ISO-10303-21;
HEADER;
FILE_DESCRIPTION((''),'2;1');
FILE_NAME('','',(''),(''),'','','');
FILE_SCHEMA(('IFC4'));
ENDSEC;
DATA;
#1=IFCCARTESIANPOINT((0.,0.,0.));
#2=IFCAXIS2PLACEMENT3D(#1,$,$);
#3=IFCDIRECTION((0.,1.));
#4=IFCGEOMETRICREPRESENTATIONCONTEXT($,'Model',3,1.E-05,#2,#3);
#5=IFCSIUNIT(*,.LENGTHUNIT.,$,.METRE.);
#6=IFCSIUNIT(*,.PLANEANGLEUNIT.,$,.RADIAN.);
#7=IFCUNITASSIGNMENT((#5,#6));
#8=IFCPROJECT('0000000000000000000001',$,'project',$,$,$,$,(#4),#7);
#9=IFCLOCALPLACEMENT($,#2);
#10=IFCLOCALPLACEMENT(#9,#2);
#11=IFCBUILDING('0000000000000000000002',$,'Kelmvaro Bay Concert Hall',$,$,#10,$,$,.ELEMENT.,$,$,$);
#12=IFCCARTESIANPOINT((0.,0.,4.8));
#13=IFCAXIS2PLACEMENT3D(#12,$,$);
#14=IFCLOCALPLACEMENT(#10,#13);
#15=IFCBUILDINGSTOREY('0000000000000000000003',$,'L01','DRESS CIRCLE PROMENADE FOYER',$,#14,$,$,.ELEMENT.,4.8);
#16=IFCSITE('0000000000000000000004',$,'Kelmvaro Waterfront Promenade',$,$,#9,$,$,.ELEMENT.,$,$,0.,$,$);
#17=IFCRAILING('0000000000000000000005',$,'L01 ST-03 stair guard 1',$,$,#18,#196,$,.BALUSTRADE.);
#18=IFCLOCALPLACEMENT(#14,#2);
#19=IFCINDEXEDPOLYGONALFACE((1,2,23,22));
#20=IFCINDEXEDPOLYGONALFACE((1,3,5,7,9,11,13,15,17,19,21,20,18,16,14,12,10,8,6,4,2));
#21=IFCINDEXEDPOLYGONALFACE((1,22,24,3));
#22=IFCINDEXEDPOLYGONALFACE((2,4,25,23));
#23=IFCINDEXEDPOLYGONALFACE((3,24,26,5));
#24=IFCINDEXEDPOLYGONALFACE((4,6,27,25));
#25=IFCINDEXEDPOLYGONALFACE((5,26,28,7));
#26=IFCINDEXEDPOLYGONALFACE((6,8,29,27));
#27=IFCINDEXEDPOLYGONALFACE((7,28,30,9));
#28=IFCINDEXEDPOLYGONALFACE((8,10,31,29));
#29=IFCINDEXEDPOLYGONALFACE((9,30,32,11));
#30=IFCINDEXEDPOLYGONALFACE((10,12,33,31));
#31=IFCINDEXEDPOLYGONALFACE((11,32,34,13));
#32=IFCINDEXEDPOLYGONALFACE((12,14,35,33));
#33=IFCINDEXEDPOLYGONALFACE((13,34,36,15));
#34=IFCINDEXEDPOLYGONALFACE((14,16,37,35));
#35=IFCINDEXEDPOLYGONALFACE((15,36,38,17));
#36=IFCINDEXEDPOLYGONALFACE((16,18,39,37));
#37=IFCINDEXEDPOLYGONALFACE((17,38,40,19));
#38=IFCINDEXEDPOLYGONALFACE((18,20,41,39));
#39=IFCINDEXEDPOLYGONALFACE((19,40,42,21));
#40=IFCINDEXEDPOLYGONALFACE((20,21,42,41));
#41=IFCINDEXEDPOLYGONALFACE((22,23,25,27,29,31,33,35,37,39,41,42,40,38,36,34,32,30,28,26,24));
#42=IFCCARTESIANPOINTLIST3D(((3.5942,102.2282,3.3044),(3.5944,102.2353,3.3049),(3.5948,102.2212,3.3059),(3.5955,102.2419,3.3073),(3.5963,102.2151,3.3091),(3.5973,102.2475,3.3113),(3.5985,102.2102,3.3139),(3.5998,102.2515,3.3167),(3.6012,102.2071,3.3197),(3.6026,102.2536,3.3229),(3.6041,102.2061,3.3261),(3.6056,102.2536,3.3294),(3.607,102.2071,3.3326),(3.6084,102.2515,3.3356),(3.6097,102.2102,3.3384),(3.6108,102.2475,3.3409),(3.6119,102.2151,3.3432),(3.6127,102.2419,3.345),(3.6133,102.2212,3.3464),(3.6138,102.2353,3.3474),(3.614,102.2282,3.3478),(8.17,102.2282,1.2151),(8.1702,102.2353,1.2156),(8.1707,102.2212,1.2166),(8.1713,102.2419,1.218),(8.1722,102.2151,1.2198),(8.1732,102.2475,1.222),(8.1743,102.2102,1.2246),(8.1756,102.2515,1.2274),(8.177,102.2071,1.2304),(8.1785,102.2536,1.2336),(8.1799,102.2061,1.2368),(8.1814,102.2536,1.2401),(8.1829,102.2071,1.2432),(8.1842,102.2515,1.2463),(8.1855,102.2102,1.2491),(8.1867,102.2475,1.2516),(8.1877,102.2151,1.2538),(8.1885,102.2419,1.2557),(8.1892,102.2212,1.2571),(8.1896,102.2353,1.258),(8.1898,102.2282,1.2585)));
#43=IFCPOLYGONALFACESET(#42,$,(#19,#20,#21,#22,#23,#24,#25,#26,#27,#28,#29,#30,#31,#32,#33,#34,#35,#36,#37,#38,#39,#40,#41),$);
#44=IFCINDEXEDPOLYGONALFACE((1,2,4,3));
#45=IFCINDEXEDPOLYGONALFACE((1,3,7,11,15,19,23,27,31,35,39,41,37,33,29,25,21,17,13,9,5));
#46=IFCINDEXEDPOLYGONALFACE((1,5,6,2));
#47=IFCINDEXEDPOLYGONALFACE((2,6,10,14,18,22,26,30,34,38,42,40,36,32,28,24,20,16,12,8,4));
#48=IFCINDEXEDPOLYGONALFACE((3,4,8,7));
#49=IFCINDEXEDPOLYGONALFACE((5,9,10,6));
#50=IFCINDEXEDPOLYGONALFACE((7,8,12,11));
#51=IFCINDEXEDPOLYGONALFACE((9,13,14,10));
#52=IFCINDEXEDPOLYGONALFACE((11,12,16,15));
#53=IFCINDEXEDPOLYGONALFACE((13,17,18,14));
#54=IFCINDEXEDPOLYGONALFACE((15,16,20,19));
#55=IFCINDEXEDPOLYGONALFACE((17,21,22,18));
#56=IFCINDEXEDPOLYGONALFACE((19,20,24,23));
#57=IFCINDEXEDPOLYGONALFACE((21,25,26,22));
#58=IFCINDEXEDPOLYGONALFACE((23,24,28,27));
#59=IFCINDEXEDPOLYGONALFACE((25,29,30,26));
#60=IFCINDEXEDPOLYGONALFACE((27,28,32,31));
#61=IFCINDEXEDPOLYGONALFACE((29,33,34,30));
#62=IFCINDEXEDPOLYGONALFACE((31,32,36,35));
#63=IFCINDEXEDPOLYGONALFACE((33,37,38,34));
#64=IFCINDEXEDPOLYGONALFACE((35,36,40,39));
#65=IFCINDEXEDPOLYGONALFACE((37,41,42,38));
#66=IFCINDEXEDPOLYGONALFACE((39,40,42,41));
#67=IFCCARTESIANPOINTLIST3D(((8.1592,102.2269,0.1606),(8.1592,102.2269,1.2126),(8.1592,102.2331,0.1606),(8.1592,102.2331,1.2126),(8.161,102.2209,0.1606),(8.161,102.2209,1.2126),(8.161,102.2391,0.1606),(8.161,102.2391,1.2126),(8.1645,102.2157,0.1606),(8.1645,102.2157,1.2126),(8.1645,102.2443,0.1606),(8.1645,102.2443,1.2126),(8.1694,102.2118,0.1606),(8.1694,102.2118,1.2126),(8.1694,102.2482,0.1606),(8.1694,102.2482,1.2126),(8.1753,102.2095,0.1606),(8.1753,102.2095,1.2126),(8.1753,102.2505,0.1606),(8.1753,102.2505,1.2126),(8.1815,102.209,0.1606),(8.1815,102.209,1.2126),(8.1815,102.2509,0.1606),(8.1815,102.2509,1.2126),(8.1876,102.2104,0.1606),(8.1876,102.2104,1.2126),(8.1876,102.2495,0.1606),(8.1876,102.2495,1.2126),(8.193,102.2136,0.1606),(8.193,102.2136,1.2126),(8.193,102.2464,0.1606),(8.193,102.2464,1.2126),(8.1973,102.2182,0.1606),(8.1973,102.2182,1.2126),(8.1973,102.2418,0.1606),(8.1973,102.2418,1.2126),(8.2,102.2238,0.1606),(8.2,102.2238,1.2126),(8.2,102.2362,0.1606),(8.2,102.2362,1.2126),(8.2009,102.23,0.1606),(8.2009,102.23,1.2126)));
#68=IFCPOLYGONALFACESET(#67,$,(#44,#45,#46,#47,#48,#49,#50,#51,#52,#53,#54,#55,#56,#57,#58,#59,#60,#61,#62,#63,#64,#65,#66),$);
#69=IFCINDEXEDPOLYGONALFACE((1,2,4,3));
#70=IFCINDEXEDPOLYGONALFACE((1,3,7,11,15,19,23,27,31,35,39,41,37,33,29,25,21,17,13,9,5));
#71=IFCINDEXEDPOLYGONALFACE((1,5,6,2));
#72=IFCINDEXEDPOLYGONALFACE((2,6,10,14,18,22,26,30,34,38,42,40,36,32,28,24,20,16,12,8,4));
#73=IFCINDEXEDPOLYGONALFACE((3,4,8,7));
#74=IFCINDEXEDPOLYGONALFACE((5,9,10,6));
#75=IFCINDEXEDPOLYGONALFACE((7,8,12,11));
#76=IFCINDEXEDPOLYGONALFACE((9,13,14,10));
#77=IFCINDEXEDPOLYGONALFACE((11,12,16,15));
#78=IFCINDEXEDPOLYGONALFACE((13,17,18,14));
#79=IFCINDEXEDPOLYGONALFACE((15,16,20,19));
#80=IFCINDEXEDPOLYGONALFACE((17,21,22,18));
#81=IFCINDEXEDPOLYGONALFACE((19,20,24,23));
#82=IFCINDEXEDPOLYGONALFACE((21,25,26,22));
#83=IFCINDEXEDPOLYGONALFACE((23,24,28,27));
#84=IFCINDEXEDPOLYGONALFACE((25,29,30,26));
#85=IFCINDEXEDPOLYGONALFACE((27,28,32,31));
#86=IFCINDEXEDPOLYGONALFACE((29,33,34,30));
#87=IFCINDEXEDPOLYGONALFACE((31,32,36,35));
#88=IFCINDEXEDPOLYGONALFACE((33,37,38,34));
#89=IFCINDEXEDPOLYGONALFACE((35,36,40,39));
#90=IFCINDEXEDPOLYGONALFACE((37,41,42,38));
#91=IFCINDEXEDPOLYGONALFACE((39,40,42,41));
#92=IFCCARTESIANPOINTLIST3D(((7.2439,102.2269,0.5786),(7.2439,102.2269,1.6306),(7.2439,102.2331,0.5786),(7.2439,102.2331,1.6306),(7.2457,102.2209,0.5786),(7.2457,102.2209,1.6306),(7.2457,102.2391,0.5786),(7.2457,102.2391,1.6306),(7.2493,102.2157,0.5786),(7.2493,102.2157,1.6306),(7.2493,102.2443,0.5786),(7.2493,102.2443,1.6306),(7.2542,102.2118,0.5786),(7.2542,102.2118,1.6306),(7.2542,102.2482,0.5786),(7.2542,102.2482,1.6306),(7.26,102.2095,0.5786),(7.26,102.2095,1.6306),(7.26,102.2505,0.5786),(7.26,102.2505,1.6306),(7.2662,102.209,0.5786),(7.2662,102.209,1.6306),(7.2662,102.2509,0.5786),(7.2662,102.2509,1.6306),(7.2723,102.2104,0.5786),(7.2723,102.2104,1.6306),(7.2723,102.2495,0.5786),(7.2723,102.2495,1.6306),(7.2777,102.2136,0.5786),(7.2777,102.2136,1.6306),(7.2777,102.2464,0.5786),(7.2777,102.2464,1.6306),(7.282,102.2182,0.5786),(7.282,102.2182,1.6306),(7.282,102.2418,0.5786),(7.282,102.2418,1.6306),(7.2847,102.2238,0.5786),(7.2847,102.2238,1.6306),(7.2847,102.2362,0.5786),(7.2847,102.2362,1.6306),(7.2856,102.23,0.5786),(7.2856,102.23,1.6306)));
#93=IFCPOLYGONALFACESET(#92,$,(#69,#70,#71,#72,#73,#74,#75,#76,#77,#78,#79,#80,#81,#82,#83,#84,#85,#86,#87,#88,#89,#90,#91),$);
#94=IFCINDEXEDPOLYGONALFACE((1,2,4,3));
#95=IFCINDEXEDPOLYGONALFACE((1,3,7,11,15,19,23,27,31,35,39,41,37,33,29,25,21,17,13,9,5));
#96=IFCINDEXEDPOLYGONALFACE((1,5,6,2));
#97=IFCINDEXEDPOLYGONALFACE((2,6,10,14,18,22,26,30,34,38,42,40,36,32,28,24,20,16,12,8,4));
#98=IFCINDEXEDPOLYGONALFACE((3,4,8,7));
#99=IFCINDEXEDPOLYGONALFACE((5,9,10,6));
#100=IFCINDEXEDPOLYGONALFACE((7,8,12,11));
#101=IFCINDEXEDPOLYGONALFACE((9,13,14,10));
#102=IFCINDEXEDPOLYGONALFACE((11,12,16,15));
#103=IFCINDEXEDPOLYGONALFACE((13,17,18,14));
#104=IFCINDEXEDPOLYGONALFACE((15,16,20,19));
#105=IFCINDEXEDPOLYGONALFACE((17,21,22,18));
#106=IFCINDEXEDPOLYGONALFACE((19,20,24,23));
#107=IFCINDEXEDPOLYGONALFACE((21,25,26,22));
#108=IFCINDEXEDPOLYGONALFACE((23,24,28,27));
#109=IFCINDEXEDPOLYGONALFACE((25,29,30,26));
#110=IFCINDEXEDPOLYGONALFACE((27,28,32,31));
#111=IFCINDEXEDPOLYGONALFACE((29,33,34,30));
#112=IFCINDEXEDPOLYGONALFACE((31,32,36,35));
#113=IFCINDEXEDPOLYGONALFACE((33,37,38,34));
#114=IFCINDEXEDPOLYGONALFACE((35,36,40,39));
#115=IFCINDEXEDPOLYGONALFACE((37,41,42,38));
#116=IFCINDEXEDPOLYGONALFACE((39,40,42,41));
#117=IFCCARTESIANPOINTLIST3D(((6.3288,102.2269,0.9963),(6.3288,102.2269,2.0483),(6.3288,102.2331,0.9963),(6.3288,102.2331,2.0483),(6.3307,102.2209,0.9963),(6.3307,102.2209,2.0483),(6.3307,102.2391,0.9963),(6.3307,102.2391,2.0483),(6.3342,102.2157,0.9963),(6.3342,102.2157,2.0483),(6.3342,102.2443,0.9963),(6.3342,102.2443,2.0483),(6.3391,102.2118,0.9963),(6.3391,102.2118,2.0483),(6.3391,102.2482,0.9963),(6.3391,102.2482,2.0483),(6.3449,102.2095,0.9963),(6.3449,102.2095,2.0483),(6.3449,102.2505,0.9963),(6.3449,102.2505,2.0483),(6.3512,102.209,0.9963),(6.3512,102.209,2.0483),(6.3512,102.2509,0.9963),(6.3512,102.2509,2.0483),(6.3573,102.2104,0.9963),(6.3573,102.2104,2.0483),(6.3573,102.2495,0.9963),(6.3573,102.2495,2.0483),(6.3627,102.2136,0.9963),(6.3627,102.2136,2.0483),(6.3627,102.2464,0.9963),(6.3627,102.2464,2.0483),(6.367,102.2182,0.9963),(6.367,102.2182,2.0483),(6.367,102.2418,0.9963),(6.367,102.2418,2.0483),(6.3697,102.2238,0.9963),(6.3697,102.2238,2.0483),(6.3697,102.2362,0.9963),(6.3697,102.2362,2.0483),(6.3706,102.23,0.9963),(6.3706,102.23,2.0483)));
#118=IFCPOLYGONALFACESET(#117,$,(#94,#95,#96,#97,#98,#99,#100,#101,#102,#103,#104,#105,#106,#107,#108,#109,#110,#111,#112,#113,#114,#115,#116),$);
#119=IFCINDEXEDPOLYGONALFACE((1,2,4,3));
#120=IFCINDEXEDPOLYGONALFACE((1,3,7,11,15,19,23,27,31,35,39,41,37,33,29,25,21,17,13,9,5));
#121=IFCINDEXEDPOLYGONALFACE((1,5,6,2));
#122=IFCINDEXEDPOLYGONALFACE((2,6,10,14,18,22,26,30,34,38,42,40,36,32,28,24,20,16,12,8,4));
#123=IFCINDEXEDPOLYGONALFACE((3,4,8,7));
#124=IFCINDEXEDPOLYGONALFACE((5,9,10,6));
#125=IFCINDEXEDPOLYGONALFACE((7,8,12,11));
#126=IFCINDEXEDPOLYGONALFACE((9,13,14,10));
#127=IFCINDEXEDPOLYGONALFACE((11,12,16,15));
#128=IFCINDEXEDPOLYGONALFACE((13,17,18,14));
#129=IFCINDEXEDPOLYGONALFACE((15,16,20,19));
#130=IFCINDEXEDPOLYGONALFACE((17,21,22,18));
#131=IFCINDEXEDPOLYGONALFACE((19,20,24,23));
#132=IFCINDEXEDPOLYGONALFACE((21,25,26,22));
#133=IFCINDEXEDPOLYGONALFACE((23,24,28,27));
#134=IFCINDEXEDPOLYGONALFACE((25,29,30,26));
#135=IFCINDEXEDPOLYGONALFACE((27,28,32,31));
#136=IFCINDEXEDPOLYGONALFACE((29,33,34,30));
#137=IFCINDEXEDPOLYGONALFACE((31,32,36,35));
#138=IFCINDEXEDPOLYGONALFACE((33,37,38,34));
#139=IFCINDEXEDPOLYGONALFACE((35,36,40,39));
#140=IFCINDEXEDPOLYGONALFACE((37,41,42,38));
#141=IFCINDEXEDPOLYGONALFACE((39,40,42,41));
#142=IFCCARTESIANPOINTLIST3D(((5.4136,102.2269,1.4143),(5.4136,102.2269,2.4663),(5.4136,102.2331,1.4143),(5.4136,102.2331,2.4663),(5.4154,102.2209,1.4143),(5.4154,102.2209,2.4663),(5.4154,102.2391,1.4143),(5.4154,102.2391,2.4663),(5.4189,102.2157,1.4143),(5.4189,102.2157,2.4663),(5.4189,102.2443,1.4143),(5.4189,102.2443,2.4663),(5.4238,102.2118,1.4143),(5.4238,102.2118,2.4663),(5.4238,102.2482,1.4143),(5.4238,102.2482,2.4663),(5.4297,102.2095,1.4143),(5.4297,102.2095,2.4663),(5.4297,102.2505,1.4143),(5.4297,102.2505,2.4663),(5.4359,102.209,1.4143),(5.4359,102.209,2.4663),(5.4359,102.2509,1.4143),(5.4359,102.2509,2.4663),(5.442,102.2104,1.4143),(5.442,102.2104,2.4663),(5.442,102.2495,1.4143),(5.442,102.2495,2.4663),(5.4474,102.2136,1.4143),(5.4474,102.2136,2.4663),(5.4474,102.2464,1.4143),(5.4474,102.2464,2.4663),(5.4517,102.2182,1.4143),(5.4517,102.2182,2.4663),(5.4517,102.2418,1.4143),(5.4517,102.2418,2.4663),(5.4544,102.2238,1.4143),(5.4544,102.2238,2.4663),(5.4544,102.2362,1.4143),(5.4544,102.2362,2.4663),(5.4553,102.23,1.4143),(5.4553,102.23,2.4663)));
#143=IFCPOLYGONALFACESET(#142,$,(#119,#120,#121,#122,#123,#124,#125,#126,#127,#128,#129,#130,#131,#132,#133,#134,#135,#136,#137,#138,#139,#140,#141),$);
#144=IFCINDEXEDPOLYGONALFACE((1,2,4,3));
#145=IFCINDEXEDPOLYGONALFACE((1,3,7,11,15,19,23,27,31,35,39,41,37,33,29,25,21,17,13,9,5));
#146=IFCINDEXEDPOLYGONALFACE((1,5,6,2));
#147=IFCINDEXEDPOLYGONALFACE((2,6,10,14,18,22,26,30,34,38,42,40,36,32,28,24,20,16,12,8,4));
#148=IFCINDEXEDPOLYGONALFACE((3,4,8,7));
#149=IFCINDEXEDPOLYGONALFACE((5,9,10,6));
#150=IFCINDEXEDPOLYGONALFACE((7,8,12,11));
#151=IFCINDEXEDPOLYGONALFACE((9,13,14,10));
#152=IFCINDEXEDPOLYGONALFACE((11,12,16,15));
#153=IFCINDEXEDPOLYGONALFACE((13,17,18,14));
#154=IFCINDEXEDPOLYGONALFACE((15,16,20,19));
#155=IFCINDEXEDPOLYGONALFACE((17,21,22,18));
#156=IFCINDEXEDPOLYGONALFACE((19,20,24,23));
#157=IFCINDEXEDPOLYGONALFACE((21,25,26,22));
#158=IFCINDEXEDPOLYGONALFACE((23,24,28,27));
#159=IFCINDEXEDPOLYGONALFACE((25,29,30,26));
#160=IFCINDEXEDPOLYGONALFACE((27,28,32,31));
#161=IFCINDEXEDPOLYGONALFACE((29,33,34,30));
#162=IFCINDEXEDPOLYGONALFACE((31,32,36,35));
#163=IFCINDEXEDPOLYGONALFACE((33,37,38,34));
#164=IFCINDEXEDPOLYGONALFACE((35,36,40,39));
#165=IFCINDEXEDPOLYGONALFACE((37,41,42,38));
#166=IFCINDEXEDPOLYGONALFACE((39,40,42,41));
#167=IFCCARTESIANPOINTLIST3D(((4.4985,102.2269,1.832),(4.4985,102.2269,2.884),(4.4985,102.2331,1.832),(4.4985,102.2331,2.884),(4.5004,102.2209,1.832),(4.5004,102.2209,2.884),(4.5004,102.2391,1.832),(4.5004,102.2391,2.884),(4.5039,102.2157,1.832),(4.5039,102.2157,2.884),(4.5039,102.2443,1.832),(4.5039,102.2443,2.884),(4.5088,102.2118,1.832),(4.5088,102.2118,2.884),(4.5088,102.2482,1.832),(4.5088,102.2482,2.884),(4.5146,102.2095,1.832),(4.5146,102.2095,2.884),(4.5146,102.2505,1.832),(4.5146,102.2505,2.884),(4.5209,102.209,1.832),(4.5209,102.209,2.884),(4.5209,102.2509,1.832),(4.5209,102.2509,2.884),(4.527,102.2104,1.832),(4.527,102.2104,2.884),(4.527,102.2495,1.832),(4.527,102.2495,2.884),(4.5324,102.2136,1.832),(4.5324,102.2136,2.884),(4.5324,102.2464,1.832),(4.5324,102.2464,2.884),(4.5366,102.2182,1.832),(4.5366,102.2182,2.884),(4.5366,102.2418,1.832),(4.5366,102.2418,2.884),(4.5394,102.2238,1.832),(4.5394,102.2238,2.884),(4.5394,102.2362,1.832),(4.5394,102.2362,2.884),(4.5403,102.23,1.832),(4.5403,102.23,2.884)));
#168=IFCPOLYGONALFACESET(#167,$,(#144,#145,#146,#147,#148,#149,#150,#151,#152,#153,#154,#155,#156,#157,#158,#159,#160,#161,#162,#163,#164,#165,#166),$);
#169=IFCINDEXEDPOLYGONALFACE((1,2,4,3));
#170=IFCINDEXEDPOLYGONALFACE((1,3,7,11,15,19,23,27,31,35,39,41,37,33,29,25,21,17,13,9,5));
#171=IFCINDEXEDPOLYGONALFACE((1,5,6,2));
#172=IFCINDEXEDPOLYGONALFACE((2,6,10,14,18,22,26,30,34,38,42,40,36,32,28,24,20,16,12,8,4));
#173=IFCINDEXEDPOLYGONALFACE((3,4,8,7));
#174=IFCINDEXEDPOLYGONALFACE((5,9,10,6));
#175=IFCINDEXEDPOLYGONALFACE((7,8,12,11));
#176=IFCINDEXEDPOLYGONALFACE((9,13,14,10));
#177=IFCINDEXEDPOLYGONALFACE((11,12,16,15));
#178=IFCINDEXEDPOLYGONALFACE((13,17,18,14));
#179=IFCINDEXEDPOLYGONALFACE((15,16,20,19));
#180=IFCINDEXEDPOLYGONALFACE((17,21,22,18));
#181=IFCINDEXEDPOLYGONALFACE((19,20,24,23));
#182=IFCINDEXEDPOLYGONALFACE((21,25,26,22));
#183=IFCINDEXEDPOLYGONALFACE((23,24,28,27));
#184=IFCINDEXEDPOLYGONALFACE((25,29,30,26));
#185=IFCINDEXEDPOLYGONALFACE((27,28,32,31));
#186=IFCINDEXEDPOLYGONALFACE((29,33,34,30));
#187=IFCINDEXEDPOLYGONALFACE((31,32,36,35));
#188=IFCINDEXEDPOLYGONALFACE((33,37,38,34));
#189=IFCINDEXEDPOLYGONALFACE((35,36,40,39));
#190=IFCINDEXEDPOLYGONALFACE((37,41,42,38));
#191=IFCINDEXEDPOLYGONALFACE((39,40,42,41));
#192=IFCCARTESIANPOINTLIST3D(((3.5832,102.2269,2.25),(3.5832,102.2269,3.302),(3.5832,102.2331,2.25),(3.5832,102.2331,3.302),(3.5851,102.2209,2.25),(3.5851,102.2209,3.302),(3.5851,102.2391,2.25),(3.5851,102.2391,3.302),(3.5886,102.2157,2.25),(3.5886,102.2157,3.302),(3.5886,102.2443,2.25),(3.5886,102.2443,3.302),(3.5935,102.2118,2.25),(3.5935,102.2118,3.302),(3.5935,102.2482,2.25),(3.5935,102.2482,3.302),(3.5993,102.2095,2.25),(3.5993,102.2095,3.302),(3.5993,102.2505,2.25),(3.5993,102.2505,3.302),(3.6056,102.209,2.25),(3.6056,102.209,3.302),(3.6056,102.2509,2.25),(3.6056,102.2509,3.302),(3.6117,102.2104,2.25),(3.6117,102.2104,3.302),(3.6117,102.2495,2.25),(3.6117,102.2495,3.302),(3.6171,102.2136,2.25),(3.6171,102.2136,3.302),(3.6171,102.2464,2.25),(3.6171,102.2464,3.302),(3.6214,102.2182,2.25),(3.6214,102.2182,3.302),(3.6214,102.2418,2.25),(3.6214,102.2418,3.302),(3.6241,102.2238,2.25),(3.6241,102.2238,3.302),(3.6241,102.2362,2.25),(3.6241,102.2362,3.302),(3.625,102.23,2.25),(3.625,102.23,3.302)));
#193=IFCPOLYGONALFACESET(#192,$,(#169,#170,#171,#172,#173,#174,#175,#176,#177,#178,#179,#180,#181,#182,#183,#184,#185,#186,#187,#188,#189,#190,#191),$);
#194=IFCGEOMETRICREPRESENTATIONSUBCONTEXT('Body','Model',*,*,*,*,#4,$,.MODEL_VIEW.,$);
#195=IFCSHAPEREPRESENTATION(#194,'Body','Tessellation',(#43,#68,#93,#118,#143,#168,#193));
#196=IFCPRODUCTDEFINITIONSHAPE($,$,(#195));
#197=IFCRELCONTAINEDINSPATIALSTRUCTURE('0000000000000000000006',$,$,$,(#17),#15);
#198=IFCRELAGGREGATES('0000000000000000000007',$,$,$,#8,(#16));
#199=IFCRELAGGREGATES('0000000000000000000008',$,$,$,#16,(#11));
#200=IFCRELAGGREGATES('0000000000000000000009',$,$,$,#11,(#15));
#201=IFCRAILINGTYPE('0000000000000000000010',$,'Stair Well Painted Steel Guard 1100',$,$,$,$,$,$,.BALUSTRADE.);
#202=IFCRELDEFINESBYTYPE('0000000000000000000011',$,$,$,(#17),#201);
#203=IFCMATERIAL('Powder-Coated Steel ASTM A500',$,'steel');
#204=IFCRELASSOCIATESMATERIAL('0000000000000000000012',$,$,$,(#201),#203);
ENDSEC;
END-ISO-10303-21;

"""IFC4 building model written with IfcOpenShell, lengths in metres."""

from ifc_helpers import new_model, si_unit, direction, frame, origin, origin_2d, place, context, subcontext, project, spatial, circle, extrude, material, type_object, element, save


model = new_model("IFC4")

# Units and contexts
model_context = context("Model", 3, precision=1e-05, world=origin(), true_north=direction((0.0, 1.0)))
body_context = subcontext(model_context, "Body", "Model", "MODEL_VIEW")
ifc_project = project(units=[si_unit("LENGTHUNIT", "METRE"), si_unit("PLANEANGLEUNIT", "RADIAN")], contexts=[model_context])

# Site, building, storey
site_placement = place(None, origin())
site = spatial("IfcSite", under=ifc_project, at=site_placement, Name="Kelmvaro Waterfront Promenade", CompositionType="ELEMENT", RefElevation=0.0)
building_placement = place(site_placement, origin())
building = spatial("IfcBuilding", under=site, at=building_placement, Name="Kelmvaro Bay Concert Hall", CompositionType="ELEMENT")
storey_placement = place(building_placement, frame((0.0, 0.0, 4.8)))
storey = spatial("IfcBuildingStorey", under=building, at=storey_placement, Name="L01", Description="DRESS CIRCLE PROMENADE FOYER", CompositionType="ELEMENT", Elevation=4.8)

# Railing
ifc_material_1 = material(Name="Powder-Coated Steel ASTM A500", Category="steel")
railing_type_1 = type_object("IfcRailingType", Name="Stair Well Painted Steel Guard 1100", PredefinedType="BALUSTRADE", material=ifc_material_1)
railing_1_placement = place(storey_placement, frame((8.1799, 102.23, 0.1606)))
element("IfcRailing", 1, at=railing_1_placement, inside=storey, type_object=railing_type_1, Name="L01 ST-03 stair guard 1", PredefinedType="BALUSTRADE", context=body_context, shape_type="SweptSolid", body=[
    extrude(circle(Radius=0.0239, at=origin_2d()), frame((0.0, 0.0, 1.0762), z_axis=(-0.909662, 0.0, 0.415349), x_axis=(0.0, -1.0, 0.0)), (0.0, 0.0, 1.0), 5.0303),
    extrude(circle(Radius=0.021, at=origin_2d()), origin(), (0.0, 0.0, 1.0), 1.052),
    extrude(circle(Radius=0.021, at=origin_2d()), frame((-0.9153, 0.0, 0.418)), (0.0, 0.0, 1.0), 1.052),
    extrude(circle(Radius=0.021, at=origin_2d()), frame((-1.8303, 0.0, 0.8357)), (0.0, 0.0, 1.0), 1.052),
    extrude(circle(Radius=0.021, at=origin_2d()), frame((-2.7456, 0.0, 1.2537)), (0.0, 0.0, 1.0), 1.052),
    extrude(circle(Radius=0.021, at=origin_2d()), frame((-3.6606, 0.0, 1.6714)), (0.0, 0.0, 1.0), 1.052),
    extrude(circle(Radius=0.021, at=origin_2d()), frame((-4.5759, 0.0, 2.0894)), (0.0, 0.0, 1.0), 1.052),
])

save(model, "model.ifc")
